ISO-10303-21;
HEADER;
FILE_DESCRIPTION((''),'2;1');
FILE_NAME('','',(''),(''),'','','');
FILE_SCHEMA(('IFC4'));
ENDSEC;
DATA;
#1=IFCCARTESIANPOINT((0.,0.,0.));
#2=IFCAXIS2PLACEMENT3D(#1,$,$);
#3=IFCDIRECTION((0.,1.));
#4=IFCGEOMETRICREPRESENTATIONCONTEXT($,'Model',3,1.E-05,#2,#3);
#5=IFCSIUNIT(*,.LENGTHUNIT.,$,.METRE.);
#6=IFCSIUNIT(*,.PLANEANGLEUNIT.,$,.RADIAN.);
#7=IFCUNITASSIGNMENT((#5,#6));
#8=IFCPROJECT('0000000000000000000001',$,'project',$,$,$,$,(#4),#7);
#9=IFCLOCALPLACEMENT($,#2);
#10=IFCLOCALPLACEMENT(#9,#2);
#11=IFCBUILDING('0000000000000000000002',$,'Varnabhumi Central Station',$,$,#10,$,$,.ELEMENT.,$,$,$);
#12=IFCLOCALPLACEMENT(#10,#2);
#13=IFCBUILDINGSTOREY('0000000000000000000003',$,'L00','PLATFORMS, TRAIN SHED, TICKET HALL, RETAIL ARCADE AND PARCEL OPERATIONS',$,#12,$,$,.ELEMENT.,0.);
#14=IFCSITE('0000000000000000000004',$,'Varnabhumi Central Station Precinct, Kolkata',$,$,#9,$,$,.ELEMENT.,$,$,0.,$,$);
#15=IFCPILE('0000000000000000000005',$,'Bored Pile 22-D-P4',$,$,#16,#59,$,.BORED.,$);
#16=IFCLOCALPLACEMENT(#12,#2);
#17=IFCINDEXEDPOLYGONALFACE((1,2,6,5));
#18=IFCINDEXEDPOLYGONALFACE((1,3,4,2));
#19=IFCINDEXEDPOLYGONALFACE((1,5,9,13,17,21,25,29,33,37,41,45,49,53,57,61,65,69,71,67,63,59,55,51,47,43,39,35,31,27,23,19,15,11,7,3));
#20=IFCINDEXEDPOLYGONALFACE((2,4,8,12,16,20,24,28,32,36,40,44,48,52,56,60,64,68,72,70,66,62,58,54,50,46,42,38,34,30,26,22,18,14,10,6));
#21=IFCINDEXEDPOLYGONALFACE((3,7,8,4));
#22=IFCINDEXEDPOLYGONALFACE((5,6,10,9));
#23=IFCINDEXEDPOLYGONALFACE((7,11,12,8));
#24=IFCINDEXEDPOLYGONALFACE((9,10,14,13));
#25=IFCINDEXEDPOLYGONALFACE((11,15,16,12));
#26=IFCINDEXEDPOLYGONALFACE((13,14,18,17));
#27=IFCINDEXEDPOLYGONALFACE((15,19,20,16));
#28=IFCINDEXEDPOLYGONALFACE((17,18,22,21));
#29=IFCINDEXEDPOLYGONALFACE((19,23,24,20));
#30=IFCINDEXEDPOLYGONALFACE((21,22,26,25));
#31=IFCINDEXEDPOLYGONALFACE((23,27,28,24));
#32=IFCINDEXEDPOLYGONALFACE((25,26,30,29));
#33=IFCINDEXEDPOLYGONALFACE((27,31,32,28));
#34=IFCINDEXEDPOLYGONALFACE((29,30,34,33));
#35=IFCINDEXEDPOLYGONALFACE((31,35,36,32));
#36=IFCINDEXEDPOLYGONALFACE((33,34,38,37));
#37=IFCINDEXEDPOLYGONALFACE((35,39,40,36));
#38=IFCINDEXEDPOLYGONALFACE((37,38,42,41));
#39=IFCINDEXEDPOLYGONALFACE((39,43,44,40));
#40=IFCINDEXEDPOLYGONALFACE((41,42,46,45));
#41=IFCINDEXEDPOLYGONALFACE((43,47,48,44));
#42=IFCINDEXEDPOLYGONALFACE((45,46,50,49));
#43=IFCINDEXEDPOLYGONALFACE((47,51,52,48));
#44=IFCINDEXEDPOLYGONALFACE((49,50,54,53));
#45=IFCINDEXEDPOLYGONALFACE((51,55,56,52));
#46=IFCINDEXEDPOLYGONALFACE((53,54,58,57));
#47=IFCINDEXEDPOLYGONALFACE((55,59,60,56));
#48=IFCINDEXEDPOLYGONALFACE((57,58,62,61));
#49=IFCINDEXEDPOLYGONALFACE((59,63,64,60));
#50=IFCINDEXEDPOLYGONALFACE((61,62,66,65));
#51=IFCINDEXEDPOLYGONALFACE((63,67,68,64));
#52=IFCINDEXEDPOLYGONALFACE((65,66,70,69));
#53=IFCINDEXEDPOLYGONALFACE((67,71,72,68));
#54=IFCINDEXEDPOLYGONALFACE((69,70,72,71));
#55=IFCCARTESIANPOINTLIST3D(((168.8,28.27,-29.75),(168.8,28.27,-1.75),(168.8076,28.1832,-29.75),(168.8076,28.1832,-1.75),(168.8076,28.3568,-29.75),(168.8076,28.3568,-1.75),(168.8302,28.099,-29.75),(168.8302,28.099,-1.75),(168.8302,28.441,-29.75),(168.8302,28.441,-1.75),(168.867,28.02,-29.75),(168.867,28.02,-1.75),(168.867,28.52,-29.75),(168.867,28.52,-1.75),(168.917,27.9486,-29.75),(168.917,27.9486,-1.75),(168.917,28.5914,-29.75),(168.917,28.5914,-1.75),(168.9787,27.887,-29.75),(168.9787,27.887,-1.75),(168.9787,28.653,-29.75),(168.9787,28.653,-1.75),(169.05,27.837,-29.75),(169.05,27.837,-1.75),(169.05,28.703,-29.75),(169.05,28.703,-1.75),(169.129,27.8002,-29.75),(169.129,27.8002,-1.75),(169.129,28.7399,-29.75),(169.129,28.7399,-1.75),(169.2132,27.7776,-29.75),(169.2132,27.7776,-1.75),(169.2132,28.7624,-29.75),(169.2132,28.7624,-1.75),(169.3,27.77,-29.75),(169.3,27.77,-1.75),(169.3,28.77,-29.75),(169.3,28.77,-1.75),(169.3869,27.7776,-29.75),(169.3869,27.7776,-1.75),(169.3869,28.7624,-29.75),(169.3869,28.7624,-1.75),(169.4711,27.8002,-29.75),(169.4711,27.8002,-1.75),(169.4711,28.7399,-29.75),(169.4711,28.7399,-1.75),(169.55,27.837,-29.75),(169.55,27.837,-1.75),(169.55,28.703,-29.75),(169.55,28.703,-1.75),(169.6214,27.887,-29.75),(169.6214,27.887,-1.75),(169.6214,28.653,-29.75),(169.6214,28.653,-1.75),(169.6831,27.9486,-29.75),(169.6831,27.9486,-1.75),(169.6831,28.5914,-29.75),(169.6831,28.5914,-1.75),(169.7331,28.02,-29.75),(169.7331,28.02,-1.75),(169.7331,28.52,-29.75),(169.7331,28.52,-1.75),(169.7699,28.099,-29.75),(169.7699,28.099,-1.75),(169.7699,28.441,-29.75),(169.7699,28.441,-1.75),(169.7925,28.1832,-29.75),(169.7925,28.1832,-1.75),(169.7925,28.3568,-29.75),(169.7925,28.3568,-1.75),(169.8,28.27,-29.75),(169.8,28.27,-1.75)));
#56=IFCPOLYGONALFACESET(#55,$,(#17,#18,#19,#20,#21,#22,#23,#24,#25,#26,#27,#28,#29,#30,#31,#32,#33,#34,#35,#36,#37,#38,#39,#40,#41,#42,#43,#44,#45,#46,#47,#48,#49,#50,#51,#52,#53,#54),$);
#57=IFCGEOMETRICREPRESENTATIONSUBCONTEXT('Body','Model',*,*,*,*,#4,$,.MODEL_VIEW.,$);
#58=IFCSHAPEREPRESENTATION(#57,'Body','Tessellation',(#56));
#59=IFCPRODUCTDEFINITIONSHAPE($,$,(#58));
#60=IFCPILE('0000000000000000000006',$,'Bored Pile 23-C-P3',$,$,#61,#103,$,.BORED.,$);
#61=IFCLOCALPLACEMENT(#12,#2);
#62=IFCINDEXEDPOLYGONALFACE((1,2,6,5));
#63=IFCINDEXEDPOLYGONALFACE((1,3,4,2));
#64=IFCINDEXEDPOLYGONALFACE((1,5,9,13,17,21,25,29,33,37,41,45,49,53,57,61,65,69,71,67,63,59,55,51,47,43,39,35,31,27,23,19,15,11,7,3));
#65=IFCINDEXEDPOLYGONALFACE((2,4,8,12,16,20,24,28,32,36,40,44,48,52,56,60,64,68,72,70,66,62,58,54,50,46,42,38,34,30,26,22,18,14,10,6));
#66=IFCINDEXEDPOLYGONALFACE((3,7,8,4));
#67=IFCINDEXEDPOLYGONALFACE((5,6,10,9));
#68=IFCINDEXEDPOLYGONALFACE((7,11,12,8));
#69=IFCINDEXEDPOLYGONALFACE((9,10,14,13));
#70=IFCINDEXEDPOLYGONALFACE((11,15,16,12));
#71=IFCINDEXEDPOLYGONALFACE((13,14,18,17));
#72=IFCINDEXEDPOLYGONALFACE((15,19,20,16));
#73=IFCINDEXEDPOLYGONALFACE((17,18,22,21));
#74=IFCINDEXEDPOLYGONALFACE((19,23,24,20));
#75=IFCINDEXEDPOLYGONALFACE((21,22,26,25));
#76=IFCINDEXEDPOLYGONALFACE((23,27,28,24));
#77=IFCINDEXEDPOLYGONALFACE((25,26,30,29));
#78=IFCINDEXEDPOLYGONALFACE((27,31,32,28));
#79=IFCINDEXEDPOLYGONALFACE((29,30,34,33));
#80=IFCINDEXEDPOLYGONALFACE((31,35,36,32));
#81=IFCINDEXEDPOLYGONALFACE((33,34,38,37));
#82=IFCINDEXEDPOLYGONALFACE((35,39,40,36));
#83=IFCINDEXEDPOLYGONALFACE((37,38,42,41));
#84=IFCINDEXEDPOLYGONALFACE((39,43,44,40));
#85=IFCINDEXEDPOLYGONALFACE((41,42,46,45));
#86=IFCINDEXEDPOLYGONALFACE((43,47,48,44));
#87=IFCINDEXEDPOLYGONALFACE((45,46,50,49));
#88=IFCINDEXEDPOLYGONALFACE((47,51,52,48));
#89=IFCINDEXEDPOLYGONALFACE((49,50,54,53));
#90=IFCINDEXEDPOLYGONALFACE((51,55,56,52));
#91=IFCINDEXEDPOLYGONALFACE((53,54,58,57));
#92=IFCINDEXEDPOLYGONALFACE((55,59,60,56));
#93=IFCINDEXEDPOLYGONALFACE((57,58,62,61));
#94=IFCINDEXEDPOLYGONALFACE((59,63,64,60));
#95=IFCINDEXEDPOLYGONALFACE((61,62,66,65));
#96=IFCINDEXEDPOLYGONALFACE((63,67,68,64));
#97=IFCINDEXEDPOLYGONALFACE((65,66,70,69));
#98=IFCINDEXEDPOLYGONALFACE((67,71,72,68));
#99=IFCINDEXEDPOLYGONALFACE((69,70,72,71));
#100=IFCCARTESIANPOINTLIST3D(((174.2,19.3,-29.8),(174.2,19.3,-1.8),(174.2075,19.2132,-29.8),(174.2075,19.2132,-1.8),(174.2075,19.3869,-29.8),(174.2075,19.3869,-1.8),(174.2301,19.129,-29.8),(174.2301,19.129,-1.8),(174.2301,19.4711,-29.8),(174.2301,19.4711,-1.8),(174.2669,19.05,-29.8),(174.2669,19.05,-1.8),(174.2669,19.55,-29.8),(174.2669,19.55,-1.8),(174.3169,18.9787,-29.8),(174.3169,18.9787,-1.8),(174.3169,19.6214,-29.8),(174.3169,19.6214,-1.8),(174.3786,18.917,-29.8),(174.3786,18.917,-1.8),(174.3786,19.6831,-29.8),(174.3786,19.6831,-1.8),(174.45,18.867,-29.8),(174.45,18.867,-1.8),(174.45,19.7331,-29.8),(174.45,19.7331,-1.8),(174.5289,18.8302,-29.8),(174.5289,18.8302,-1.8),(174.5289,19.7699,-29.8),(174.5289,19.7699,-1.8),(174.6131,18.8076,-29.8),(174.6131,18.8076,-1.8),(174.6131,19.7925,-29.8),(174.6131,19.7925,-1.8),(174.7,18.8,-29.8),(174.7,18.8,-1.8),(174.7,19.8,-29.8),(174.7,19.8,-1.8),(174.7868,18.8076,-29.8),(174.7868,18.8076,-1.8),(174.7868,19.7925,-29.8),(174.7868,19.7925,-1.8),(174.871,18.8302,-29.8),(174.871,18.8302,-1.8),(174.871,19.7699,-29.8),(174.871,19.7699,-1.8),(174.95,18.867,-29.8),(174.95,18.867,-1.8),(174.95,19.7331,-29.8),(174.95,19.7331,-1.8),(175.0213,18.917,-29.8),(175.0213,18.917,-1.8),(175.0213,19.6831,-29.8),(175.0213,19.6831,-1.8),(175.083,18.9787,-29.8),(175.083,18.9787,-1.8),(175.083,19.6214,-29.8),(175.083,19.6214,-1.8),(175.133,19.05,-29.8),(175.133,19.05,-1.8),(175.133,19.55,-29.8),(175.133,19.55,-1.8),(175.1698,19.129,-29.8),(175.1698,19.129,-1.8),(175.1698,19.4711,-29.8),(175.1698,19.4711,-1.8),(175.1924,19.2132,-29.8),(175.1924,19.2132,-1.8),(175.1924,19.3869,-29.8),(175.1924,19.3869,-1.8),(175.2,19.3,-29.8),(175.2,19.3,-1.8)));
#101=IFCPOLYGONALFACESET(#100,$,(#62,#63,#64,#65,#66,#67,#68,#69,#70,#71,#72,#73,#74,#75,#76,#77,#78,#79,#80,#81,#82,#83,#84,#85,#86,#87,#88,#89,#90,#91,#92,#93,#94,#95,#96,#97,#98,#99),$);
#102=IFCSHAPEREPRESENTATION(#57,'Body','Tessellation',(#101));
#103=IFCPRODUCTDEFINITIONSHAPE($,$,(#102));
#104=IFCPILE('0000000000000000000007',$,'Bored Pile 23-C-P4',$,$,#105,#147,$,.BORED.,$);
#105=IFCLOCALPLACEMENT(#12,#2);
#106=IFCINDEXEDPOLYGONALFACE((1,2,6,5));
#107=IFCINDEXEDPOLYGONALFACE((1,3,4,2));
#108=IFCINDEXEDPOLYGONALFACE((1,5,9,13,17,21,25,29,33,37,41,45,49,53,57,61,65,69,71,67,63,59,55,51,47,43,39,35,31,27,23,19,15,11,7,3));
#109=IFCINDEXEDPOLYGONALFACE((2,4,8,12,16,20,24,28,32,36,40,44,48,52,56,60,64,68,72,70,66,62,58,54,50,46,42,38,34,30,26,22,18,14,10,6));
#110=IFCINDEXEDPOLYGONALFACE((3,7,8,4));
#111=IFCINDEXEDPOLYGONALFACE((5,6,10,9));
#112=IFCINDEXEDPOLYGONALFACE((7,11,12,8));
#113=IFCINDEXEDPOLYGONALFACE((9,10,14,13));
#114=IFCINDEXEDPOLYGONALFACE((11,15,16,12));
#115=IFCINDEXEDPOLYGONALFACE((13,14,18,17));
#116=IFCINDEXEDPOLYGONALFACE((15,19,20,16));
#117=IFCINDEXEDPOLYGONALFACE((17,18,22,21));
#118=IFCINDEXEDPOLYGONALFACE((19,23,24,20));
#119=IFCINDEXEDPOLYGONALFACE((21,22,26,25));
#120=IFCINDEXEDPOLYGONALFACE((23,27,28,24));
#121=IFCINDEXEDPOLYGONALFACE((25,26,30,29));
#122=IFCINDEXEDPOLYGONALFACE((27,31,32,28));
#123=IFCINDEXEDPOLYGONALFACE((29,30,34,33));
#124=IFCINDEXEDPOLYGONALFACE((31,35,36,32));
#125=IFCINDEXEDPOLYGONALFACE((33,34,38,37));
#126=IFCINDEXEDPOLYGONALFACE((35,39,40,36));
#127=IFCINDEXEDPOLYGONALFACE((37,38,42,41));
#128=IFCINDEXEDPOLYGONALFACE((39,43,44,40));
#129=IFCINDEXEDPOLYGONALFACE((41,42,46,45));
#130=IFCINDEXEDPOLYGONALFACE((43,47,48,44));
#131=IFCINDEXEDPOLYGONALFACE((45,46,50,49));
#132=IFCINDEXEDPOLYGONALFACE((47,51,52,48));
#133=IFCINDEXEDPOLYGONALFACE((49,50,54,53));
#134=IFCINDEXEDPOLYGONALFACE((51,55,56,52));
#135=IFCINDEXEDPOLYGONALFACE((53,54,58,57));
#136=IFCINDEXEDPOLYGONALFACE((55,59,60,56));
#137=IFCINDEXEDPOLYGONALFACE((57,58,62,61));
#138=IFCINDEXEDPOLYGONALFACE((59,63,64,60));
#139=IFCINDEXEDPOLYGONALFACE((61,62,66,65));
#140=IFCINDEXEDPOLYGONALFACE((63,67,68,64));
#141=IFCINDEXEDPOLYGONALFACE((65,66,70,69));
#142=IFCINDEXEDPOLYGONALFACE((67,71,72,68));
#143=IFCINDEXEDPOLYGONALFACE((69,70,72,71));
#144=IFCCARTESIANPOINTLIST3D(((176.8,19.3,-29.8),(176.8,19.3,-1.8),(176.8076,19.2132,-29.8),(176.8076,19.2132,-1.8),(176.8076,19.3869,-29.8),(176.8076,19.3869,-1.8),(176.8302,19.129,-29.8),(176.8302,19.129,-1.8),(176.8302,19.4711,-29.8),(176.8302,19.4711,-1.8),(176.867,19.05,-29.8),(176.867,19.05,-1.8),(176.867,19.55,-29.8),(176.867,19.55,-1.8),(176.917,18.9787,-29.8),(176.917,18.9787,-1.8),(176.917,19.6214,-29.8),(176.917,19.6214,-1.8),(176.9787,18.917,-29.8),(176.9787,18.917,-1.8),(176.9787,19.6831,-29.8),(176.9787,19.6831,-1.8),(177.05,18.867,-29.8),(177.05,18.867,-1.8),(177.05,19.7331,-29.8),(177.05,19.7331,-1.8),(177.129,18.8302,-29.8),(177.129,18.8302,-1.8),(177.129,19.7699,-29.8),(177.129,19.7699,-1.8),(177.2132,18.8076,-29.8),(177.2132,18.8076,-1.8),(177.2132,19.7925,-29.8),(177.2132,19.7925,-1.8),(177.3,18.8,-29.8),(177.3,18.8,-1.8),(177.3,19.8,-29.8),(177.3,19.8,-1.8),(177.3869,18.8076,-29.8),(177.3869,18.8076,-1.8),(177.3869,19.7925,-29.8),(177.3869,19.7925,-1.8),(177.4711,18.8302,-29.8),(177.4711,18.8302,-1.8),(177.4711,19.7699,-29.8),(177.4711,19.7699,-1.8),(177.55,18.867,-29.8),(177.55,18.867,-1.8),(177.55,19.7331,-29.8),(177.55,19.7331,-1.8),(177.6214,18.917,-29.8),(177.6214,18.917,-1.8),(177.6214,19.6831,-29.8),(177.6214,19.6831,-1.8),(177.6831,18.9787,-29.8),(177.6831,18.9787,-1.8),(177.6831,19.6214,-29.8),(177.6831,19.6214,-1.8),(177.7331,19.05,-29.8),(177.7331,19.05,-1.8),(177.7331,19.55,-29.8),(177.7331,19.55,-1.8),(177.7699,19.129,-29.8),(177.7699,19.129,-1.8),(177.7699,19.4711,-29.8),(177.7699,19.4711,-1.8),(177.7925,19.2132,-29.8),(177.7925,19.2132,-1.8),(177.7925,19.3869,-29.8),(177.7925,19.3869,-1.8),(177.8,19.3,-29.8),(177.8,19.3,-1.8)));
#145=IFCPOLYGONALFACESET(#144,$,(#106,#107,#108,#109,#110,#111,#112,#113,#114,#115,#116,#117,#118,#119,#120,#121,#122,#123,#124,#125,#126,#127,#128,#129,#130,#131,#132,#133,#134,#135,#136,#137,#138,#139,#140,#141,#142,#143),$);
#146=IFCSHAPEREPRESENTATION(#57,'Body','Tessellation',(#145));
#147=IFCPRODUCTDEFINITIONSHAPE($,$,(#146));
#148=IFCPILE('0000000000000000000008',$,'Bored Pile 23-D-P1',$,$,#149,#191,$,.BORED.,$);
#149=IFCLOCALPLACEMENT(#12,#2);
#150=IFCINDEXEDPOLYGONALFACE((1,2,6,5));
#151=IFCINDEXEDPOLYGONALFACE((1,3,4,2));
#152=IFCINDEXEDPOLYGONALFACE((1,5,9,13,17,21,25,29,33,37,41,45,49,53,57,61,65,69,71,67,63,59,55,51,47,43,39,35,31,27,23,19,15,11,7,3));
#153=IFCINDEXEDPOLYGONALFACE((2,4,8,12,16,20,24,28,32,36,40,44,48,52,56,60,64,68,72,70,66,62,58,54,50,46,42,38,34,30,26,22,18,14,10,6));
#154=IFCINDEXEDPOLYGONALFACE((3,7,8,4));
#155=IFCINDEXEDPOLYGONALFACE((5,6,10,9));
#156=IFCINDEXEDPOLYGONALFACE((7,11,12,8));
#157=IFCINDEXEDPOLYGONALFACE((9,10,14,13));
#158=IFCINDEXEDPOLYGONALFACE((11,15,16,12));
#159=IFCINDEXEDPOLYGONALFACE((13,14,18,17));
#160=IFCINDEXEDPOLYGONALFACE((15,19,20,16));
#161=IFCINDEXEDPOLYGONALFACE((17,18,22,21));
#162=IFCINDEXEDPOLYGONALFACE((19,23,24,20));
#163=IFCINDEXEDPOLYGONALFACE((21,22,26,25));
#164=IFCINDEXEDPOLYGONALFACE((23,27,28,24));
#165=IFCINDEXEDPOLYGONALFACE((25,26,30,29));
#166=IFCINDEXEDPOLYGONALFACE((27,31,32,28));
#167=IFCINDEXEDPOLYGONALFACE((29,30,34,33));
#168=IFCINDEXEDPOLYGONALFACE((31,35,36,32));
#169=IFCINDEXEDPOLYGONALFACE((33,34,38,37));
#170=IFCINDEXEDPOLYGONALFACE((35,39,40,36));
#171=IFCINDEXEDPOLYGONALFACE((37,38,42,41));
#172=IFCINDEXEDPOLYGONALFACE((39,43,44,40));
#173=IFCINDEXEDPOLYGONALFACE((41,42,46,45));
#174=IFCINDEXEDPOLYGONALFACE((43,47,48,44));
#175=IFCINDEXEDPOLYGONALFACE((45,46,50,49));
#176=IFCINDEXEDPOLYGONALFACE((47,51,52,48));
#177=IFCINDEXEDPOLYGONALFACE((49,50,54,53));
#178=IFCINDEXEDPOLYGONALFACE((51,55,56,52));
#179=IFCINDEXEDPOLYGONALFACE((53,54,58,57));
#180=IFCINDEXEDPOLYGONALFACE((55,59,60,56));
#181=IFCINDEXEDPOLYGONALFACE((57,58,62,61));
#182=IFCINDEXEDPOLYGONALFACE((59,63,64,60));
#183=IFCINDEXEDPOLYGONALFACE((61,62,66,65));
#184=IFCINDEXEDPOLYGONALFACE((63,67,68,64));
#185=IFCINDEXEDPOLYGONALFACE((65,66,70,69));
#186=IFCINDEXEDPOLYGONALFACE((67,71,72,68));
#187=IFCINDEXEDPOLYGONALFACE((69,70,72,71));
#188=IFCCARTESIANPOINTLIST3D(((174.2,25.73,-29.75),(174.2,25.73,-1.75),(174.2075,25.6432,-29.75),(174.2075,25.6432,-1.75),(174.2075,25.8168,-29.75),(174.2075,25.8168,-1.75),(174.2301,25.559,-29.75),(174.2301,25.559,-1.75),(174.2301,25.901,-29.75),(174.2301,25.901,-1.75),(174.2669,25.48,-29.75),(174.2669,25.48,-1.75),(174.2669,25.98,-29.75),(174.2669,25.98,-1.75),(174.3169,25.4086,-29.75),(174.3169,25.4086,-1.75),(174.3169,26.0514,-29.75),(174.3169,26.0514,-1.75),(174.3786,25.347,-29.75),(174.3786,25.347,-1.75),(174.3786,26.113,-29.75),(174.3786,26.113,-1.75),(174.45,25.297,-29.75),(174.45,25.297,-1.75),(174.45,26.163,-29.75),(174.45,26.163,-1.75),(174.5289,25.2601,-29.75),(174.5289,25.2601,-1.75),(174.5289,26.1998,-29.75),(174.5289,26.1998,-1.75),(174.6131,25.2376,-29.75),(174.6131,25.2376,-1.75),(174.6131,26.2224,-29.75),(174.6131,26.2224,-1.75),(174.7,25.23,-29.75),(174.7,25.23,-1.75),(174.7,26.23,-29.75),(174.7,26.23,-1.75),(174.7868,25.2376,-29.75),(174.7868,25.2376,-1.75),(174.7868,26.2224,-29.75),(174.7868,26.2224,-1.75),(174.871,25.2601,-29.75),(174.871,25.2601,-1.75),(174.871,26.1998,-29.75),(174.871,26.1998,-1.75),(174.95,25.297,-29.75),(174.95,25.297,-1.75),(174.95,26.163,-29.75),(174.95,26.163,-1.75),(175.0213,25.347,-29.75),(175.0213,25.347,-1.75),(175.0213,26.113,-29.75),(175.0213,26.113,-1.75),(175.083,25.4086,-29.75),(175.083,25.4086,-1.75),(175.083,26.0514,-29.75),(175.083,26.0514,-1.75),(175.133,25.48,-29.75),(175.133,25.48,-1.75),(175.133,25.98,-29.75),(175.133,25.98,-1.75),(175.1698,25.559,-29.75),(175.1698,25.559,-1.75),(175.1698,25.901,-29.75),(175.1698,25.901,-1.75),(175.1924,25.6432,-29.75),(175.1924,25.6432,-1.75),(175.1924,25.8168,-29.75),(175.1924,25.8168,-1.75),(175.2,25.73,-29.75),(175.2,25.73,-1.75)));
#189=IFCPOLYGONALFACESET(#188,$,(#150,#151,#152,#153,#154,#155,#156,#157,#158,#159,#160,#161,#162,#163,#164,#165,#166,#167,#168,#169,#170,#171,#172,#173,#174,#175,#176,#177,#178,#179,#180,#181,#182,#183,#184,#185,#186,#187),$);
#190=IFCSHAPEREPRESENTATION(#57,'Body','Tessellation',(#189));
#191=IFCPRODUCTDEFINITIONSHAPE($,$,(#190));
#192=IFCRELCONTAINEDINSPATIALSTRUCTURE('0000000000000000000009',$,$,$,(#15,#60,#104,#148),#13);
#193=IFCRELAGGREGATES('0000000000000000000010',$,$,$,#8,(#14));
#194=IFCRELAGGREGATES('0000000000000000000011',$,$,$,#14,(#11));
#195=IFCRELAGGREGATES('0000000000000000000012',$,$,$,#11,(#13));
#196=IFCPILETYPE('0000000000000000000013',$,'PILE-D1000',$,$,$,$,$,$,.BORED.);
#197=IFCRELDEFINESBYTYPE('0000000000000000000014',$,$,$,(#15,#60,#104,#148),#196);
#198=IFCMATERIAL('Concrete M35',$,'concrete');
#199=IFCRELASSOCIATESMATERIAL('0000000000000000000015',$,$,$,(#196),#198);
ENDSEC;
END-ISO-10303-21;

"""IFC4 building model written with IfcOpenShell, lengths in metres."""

from ifc_helpers import new_model, si_unit, direction, frame, origin, origin_2d, place, context, subcontext, project, spatial, circle, extrude, material, material_profile, profile_set, type_object, element, save


model = new_model("IFC4")

# Units and contexts
model_context = context("Model", 3, precision=1e-05, world=origin(), true_north=direction((0.0, 1.0)))
body_context = subcontext(model_context, "Body", "Model", "MODEL_VIEW")
ifc_project = project(units=[si_unit("LENGTHUNIT", "METRE"), si_unit("PLANEANGLEUNIT", "RADIAN")], contexts=[model_context])

# Site, building, storey
site_placement = place(None, origin())
site = spatial("IfcSite", under=ifc_project, at=site_placement, Name="Varnabhumi Central Station Precinct, Kolkata", CompositionType="ELEMENT", RefElevation=0.0)
building_placement = place(site_placement, origin())
building = spatial("IfcBuilding", under=site, at=building_placement, Name="Varnabhumi Central Station", CompositionType="ELEMENT")
storey_placement = place(building_placement, origin())
storey = spatial("IfcBuildingStorey", under=building, at=storey_placement, Name="L00", Description="PLATFORMS, TRAIN SHED, TICKET HALL, RETAIL ARCADE AND PARCEL OPERATIONS", CompositionType="ELEMENT", Elevation=0.0)

# Piles
ifc_material_1 = material(Name="Concrete M35", Category="concrete")
ifc_material_profile_1 = material_profile(ifc_material_1, circle(Radius=0.5, at=origin_2d()), Name="Concrete M35", Category="concrete")
ifc_profile_set_1 = profile_set([ifc_material_profile_1], Name="Concrete M35")
pile_type_1 = type_object("IfcPileType", Name="PILE-D1000", PredefinedType="BORED", material=ifc_profile_set_1)
for number, where, z_axis, x_axis, name in (
    (1, (169.3, 28.27, -1.75), (0.0, 0.0, -1.0), (1.0, 0.0, 0.0), "Bored Pile 22-D-P4"),
    (2, (174.7, 19.3, -1.8), (0.0, 0.0, -1.0), (1.0, 0.0, 0.0), "Bored Pile 23-C-P3"),
    (3, (177.3, 19.3, -1.8), (0.0, 0.0, -1.0), (1.0, 0.0, 0.0), "Bored Pile 23-C-P4"),
    (4, (174.7, 25.73, -1.75), (0.0, 0.0, -1.0), (1.0, 0.0, 0.0), "Bored Pile 23-D-P1"),
):
    element("IfcPile", number, at=place(storey_placement, frame(where, z_axis=z_axis, x_axis=x_axis)), inside=storey, type_object=pile_type_1, Name=name, PredefinedType="BORED", context=body_context, shape_type="SweptSolid", body=[
        extrude(circle(Radius=0.5, at=origin_2d()), origin(), (0.0, 0.0, 1.0), 28.0),
    ])

save(model, "model.ifc")
